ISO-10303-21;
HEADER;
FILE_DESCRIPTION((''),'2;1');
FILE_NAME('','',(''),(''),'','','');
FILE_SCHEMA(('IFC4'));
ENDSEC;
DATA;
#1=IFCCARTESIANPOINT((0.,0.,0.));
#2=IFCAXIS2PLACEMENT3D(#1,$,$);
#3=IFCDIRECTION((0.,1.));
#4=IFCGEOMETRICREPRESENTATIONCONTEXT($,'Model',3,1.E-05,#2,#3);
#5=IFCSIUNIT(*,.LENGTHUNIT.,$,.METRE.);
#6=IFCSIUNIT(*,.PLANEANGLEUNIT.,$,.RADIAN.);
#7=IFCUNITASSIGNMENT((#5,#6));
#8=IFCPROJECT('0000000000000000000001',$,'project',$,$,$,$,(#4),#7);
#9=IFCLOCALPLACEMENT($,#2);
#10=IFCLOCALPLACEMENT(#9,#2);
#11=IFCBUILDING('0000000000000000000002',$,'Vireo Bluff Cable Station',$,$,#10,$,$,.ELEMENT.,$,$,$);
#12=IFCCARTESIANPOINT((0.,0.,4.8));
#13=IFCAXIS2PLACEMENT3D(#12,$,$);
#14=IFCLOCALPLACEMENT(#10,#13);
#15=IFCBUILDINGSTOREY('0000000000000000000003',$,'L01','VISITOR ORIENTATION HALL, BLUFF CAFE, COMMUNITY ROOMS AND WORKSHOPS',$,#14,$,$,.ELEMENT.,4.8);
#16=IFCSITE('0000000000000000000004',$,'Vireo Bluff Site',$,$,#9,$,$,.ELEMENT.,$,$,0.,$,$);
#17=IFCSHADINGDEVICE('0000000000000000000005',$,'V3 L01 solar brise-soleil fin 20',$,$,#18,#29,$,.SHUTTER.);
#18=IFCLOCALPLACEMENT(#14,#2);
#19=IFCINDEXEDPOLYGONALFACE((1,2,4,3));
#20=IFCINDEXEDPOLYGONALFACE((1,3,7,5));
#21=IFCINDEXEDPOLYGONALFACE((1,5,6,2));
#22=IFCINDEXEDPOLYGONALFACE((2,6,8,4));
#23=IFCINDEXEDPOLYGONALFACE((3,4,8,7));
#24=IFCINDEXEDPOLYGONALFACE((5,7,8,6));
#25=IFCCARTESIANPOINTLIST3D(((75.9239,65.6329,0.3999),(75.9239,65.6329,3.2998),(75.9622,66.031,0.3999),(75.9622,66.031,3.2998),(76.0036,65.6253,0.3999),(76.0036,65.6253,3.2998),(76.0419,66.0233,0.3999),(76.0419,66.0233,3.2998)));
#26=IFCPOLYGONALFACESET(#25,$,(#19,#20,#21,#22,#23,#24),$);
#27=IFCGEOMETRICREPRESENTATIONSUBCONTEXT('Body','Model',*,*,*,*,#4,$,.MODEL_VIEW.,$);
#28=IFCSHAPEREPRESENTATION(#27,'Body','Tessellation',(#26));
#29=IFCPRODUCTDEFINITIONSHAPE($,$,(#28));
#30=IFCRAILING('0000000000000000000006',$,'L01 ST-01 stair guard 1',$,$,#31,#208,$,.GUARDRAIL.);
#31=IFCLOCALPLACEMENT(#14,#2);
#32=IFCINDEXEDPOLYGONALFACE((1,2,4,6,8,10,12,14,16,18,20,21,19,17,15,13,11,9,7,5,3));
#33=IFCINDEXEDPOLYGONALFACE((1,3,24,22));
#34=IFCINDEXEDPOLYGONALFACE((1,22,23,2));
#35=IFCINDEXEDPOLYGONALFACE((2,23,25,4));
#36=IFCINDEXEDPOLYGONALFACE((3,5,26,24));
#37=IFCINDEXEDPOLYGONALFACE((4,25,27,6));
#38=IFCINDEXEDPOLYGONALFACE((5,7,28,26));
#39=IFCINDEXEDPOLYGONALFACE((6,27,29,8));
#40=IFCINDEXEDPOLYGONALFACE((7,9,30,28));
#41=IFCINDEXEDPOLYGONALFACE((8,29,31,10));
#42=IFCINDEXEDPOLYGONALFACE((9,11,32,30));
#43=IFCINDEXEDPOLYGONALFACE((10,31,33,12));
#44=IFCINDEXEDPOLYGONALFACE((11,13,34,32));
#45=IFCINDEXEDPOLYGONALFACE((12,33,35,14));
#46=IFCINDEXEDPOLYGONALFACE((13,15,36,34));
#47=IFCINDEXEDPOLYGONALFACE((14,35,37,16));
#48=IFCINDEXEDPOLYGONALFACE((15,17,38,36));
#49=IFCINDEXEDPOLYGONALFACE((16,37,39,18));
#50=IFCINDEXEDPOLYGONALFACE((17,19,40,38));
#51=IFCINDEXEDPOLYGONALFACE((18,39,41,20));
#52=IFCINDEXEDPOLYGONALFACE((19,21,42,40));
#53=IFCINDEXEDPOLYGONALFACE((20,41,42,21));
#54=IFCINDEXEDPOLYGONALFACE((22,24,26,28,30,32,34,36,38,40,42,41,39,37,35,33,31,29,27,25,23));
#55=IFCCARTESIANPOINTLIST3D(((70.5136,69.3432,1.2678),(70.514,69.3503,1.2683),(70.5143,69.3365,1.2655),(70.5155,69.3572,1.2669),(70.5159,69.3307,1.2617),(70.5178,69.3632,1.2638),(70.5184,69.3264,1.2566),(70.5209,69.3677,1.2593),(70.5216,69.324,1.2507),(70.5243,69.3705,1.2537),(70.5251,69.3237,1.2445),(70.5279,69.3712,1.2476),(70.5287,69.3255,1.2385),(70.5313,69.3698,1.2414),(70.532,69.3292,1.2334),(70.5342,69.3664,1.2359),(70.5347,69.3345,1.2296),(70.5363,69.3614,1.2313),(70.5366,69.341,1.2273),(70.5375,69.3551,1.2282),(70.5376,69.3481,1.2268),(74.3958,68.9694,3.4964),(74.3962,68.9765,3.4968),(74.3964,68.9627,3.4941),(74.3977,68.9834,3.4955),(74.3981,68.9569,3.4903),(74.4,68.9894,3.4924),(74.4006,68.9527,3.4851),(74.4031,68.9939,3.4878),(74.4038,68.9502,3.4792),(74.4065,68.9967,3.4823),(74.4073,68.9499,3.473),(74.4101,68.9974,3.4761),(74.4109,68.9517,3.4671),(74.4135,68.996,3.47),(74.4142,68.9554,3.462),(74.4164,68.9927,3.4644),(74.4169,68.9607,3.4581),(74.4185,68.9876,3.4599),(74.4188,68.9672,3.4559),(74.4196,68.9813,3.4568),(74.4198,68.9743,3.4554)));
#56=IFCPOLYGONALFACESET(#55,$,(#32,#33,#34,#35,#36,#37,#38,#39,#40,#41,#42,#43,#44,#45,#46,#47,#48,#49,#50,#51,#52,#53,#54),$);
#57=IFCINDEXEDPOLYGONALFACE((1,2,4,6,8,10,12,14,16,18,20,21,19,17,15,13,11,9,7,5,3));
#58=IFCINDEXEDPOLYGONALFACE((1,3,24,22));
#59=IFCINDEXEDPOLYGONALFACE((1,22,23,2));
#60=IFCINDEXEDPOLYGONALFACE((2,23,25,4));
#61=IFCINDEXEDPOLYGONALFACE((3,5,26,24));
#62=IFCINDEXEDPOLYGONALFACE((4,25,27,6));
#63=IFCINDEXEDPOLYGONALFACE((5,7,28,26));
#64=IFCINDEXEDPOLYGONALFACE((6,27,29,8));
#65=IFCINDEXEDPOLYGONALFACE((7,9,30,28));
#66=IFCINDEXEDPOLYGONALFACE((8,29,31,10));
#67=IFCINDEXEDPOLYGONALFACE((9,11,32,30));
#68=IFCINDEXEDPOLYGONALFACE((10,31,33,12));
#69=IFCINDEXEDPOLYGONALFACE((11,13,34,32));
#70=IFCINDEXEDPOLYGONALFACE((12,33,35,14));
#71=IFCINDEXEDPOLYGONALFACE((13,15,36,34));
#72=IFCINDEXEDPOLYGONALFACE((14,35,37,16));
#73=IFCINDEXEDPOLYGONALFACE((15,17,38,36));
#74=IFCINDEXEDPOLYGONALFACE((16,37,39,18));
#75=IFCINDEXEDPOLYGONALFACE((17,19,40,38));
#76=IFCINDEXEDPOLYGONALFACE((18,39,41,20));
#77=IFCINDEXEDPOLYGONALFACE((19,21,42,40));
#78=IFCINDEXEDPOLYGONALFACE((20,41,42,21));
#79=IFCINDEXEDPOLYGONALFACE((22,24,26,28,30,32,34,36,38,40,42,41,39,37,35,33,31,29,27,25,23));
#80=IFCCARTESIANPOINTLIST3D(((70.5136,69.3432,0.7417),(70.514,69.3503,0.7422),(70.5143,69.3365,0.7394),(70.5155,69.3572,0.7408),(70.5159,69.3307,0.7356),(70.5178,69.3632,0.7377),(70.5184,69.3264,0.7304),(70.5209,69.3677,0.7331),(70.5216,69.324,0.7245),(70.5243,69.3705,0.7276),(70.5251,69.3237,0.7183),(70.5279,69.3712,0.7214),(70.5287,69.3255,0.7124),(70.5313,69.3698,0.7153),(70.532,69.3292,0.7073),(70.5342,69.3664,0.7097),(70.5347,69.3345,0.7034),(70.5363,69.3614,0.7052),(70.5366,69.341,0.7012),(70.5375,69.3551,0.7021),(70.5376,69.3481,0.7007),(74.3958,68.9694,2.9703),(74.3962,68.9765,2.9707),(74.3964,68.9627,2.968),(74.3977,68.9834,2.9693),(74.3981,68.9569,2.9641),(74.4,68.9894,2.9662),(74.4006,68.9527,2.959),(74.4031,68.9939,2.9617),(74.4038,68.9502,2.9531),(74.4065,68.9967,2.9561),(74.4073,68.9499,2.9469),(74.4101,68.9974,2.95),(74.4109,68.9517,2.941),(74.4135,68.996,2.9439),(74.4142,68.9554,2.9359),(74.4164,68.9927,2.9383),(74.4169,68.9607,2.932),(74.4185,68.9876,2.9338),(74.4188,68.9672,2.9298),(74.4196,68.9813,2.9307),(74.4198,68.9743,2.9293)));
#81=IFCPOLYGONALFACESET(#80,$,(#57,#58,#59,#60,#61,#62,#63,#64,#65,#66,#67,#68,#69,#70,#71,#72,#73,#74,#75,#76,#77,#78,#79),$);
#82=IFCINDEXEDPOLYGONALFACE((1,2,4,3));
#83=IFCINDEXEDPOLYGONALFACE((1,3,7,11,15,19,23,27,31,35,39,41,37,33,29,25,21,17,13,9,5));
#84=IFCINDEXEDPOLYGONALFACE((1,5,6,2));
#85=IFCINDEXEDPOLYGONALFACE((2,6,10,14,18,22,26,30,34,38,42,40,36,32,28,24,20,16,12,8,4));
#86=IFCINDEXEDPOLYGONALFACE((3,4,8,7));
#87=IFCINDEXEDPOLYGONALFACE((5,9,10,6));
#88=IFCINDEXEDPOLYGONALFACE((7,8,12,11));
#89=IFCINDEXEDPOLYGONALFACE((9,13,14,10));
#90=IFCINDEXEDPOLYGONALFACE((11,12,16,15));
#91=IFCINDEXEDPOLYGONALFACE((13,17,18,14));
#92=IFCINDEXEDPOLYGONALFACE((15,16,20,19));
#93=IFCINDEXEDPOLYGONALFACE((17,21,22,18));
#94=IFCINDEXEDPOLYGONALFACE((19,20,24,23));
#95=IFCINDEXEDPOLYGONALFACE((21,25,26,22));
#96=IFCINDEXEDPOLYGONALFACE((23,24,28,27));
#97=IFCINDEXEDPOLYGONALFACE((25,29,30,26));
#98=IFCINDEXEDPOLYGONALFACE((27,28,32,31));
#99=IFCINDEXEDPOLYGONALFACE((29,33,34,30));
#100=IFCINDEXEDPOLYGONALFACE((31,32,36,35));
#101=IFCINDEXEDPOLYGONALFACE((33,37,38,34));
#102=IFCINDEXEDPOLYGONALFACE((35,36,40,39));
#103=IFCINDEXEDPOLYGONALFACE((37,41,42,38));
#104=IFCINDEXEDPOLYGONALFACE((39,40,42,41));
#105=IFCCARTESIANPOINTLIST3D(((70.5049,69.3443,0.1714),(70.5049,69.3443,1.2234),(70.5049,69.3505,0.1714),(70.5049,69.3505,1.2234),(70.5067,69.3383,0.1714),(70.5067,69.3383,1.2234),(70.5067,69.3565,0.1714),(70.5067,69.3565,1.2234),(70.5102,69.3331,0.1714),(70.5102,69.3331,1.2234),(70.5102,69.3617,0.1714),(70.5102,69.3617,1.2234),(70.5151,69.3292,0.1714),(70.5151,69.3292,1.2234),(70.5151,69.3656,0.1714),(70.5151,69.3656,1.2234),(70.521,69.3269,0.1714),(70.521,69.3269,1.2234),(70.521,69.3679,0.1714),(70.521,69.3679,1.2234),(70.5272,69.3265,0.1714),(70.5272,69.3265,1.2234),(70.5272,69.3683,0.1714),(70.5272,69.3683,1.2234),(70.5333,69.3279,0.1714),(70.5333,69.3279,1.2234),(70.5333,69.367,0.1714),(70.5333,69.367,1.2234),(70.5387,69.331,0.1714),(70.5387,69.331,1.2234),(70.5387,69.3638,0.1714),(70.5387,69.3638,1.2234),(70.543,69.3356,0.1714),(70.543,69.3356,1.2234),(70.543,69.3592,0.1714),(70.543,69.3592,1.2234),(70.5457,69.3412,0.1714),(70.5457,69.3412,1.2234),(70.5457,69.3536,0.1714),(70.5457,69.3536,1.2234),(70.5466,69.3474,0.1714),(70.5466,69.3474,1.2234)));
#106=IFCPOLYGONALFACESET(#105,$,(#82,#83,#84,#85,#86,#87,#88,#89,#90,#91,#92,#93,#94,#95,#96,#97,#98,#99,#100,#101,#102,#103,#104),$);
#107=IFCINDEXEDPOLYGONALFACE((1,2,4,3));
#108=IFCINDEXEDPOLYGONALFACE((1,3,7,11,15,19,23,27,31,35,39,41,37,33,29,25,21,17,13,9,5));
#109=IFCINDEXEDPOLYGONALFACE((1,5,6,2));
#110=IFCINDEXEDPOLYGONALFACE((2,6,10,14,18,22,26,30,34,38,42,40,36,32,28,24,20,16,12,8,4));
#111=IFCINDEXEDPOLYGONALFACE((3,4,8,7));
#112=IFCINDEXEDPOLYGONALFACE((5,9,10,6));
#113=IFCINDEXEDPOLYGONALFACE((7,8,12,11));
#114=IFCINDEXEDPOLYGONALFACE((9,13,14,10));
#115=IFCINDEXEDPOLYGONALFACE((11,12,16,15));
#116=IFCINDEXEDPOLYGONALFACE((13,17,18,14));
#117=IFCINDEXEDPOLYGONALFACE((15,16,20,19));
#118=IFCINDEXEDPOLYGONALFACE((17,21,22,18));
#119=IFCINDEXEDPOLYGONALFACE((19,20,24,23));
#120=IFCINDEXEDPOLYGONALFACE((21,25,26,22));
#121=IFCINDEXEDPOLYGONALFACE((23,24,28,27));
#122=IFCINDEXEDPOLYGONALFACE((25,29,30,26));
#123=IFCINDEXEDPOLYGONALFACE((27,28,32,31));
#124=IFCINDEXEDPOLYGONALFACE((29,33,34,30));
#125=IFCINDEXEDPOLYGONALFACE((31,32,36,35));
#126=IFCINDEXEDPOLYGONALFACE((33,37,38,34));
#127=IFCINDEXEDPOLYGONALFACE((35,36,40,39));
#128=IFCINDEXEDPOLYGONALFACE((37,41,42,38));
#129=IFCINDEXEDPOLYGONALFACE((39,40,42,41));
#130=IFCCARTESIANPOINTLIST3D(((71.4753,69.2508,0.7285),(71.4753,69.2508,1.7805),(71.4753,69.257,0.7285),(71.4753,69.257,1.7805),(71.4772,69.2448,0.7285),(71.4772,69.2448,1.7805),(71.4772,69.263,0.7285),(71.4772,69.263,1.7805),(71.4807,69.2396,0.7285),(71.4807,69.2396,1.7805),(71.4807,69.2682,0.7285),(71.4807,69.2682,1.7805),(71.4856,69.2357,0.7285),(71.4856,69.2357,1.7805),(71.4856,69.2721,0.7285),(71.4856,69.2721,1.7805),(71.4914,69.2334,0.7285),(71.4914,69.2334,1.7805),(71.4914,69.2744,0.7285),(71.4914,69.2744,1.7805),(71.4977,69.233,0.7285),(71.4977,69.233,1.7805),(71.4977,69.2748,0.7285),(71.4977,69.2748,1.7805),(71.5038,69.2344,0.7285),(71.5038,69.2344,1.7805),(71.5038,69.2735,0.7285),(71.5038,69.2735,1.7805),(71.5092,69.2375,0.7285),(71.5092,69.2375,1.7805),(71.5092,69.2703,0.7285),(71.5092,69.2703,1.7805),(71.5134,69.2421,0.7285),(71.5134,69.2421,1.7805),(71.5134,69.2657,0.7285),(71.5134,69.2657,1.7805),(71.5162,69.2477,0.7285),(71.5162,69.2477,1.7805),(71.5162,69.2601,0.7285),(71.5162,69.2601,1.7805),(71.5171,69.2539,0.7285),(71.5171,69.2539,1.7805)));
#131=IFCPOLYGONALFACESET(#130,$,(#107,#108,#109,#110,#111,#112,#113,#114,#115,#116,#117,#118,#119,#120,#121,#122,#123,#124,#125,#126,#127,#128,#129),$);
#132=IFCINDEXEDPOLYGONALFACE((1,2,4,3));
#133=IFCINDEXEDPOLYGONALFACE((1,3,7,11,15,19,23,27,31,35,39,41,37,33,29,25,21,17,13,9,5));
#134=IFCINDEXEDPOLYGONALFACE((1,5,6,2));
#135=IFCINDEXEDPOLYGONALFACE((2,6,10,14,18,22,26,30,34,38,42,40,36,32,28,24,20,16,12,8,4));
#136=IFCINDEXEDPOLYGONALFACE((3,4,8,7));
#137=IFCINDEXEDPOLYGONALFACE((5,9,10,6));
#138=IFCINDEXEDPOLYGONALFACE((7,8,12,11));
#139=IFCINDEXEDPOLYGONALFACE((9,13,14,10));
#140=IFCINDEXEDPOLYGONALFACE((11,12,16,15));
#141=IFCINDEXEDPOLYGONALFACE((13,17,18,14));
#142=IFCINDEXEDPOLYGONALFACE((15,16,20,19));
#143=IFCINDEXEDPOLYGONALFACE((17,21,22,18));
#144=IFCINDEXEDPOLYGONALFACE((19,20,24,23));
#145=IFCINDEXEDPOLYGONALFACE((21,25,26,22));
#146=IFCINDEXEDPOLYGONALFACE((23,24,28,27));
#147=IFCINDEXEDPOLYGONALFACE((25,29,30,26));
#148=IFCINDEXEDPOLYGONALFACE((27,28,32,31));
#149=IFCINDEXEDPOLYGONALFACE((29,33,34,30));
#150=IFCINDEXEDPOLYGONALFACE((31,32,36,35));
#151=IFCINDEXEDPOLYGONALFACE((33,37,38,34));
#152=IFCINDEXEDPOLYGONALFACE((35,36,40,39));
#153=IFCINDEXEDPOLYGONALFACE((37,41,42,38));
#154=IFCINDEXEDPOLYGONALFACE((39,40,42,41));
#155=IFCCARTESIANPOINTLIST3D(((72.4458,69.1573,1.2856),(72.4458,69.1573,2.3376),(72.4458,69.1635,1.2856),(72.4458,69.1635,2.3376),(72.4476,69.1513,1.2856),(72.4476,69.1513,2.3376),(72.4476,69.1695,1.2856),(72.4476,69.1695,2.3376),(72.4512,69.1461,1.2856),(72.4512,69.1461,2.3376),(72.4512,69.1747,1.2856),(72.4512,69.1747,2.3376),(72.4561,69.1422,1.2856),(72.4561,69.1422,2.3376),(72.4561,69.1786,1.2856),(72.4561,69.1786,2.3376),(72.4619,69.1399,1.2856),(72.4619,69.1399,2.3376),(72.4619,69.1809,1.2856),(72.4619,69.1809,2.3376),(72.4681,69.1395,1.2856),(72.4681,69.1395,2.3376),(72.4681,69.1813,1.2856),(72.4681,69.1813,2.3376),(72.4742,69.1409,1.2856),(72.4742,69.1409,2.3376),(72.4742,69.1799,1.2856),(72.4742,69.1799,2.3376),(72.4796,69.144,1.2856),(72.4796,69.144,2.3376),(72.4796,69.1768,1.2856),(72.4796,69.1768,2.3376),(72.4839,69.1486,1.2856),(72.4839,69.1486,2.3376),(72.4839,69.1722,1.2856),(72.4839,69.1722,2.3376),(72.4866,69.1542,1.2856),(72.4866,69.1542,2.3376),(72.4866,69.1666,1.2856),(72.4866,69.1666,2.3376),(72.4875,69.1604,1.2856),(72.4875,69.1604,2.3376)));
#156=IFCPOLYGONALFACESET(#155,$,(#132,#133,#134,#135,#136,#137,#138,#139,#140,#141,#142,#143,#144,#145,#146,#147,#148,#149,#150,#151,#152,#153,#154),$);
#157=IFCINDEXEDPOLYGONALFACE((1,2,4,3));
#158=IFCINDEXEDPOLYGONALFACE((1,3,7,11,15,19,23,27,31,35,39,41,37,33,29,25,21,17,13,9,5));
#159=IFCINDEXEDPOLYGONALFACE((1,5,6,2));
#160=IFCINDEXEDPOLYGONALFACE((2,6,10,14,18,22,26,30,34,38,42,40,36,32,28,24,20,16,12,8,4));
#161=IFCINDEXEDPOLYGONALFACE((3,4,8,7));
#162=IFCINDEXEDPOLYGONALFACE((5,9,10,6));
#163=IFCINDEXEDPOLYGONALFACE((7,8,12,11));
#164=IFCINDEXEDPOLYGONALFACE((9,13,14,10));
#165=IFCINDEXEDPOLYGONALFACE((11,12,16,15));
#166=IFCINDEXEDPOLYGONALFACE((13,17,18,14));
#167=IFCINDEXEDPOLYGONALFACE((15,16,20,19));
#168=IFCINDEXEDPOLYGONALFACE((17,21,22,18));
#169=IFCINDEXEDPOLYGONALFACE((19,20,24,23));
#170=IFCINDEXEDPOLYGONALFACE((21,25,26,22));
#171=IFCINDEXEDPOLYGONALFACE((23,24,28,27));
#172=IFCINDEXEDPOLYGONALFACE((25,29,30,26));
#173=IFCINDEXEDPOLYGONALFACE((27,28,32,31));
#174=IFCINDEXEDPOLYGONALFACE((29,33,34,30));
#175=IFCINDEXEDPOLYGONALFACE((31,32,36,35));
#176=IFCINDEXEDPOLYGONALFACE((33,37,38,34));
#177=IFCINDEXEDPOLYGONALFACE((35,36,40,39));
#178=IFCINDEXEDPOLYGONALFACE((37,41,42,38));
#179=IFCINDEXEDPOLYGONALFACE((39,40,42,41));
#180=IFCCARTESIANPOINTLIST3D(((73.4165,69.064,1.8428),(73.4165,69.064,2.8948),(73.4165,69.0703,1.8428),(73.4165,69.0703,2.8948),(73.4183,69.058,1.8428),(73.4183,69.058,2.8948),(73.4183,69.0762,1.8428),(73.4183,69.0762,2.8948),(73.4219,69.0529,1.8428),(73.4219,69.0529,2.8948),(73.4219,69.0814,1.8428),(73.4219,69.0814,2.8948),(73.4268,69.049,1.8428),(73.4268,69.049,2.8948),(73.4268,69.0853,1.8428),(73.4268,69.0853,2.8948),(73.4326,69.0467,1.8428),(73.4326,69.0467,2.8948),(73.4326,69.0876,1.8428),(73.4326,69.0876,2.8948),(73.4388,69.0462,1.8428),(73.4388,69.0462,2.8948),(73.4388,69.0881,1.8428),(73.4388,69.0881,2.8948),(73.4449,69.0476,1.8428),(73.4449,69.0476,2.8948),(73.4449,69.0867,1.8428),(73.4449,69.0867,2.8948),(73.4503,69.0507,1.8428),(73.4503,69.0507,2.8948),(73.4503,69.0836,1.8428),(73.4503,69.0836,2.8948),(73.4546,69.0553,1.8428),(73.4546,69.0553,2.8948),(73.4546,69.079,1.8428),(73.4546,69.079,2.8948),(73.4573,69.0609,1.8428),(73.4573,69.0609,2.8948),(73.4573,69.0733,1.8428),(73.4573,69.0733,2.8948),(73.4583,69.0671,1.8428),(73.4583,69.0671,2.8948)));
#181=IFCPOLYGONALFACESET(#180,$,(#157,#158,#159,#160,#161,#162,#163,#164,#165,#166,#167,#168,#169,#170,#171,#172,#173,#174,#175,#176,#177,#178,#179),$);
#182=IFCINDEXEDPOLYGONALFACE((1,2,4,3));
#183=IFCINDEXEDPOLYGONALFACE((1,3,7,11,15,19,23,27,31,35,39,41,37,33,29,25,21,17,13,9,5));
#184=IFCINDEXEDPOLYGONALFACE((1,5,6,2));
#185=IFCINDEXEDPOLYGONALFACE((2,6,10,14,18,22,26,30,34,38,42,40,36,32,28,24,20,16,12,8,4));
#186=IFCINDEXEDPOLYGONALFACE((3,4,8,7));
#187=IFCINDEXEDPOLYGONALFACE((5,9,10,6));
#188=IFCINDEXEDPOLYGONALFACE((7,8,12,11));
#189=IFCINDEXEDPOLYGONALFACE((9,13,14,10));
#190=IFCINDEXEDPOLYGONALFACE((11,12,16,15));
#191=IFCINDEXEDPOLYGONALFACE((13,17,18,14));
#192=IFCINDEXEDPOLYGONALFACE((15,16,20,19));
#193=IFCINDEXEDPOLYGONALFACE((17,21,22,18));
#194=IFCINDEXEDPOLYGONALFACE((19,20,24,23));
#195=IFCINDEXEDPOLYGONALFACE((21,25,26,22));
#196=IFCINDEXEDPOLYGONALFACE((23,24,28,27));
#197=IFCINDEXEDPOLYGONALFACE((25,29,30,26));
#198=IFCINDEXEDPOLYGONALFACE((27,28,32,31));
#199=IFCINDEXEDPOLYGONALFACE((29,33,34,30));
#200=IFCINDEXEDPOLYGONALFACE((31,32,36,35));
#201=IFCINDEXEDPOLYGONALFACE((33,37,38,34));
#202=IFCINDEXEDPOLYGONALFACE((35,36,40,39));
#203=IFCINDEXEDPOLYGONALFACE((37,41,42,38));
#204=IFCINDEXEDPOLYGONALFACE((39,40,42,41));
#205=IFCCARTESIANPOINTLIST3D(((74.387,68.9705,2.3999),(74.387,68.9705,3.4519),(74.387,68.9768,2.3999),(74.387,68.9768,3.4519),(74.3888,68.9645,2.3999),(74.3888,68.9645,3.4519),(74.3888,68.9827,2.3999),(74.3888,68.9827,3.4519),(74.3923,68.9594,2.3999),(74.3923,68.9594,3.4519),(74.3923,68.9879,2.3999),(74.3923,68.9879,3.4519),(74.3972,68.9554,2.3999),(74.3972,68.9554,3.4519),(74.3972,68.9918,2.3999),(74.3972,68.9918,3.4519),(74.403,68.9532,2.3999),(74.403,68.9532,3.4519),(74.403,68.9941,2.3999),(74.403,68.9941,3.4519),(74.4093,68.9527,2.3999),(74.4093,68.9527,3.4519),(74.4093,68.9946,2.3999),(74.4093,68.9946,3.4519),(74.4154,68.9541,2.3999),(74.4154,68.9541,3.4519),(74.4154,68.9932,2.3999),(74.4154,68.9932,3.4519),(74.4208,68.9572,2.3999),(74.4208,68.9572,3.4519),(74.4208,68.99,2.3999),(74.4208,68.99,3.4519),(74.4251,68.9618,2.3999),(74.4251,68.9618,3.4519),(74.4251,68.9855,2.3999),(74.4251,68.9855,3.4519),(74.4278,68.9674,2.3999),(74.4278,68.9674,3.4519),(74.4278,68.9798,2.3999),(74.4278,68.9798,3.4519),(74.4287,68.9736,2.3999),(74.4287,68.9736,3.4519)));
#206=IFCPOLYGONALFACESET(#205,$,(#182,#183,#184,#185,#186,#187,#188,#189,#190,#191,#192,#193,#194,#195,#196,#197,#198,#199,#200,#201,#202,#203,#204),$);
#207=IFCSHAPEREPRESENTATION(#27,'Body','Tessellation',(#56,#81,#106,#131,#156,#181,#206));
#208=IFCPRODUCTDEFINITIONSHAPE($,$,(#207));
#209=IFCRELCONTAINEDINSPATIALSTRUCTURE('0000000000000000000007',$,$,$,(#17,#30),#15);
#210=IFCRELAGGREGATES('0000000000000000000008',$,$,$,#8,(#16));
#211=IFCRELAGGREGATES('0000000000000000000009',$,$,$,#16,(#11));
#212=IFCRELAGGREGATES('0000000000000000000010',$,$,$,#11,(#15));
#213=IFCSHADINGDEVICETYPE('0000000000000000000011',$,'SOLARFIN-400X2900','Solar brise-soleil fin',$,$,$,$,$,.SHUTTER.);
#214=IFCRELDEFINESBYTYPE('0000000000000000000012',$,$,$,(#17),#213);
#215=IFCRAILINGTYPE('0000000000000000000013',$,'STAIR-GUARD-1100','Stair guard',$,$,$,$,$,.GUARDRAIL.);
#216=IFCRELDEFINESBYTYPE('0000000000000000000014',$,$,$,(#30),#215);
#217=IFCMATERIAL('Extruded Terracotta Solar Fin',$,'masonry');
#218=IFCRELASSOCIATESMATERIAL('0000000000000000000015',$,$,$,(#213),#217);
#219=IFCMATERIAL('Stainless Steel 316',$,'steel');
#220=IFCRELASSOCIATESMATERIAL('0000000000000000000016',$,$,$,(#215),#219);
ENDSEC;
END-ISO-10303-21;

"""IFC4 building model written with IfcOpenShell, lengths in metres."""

from ifc_helpers import new_model, si_unit, direction, frame, origin, origin_2d, place, context, subcontext, project, spatial, rectangle, circle, extrude, material, type_object, element, save


model = new_model("IFC4")

# Units and contexts
model_context = context("Model", 3, precision=1e-05, world=origin(), true_north=direction((0.0, 1.0)))
body_context = subcontext(model_context, "Body", "Model", "MODEL_VIEW")
ifc_project = project(units=[si_unit("LENGTHUNIT", "METRE"), si_unit("PLANEANGLEUNIT", "RADIAN")], contexts=[model_context])

# Site, building, storey
site_placement = place(None, origin())
site = spatial("IfcSite", under=ifc_project, at=site_placement, Name="Vireo Bluff Site", CompositionType="ELEMENT", RefElevation=0.0)
building_placement = place(site_placement, origin())
building = spatial("IfcBuilding", under=site, at=building_placement, Name="Vireo Bluff Cable Station", CompositionType="ELEMENT")
storey_placement = place(building_placement, frame((0.0, 0.0, 4.8)))
storey = spatial("IfcBuildingStorey", under=building, at=storey_placement, Name="L01", Description="VISITOR ORIENTATION HALL, BLUFF CAFE, COMMUNITY ROOMS AND WORKSHOPS", CompositionType="ELEMENT", Elevation=4.8)

# Shared definitions
ifc_material_1 = material(Name="Stainless Steel 316", Category="steel")

# Shading device
ifc_material_2 = material(Name="Extruded Terracotta Solar Fin", Category="masonry")
shading_device_type = type_object("IfcShadingDeviceType", Name="SOLARFIN-400X2900", Description="Solar brise-soleil fin", PredefinedType="SHUTTER", material=ifc_material_2)
shading_device_placement = place(storey_placement, frame((75.9829, 65.8281, 0.3999), z_axis=(0.0, 0.0, 1.0), x_axis=(-0.995396, 0.095846, 0.0)))
element("IfcShadingDevice", 1, at=shading_device_placement, inside=storey, type_object=shading_device_type, Name="V3 L01 solar brise-soleil fin 20", PredefinedType="SHUTTER", context=body_context, shape_type="SweptSolid", body=[
    extrude(rectangle(XDim=0.0801, YDim=0.3999, at=origin_2d()), origin(), (0.0, 0.0, 1.0), 2.8999),
])

# Railing
railing_type_1 = type_object("IfcRailingType", Name="STAIR-GUARD-1100", Description="Stair guard", PredefinedType="GUARDRAIL", material=ifc_material_1)
railing_1_placement = place(storey_placement, frame((70.5256, 69.3474, 0.1714)))
element("IfcRailing", 2, at=railing_1_placement, inside=storey, type_object=railing_type_1, Name="L01 ST-01 stair guard 1", PredefinedType="GUARDRAIL", context=body_context, shape_type="SweptSolid", body=[
    extrude(circle(Radius=0.0239, at=origin_2d()), frame((0.0, 0.0, 1.0762), z_axis=(0.864254, -0.083213, 0.496126), x_axis=(0.09584, 0.995397, 0.0)), (0.0, 0.0, 1.0), 4.4919),
    extrude(circle(Radius=0.0239, at=origin_2d()), frame((0.0, 0.0, 0.55), z_axis=(0.864254, -0.083213, 0.496126), x_axis=(0.09584, 0.995397, 0.0)), (0.0, 0.0, 1.0), 4.4919),
    extrude(circle(Radius=0.021, at=origin_2d()), origin(), (0.0, 0.0, 1.0), 1.052),
    extrude(circle(Radius=0.021, at=origin_2d()), frame((0.9705, -0.0935, 0.5571)), (0.0, 0.0, 1.0), 1.052),
    extrude(circle(Radius=0.021, at=origin_2d()), frame((1.9409, -0.187, 1.1143)), (0.0, 0.0, 1.0), 1.052),
    extrude(circle(Radius=0.021, at=origin_2d()), frame((2.9116, -0.2803, 1.6714)), (0.0, 0.0, 1.0), 1.052),
    extrude(circle(Radius=0.021, at=origin_2d()), frame((3.8821, -0.3738, 2.2285)), (0.0, 0.0, 1.0), 1.052),
])

save(model, "model.ifc")
